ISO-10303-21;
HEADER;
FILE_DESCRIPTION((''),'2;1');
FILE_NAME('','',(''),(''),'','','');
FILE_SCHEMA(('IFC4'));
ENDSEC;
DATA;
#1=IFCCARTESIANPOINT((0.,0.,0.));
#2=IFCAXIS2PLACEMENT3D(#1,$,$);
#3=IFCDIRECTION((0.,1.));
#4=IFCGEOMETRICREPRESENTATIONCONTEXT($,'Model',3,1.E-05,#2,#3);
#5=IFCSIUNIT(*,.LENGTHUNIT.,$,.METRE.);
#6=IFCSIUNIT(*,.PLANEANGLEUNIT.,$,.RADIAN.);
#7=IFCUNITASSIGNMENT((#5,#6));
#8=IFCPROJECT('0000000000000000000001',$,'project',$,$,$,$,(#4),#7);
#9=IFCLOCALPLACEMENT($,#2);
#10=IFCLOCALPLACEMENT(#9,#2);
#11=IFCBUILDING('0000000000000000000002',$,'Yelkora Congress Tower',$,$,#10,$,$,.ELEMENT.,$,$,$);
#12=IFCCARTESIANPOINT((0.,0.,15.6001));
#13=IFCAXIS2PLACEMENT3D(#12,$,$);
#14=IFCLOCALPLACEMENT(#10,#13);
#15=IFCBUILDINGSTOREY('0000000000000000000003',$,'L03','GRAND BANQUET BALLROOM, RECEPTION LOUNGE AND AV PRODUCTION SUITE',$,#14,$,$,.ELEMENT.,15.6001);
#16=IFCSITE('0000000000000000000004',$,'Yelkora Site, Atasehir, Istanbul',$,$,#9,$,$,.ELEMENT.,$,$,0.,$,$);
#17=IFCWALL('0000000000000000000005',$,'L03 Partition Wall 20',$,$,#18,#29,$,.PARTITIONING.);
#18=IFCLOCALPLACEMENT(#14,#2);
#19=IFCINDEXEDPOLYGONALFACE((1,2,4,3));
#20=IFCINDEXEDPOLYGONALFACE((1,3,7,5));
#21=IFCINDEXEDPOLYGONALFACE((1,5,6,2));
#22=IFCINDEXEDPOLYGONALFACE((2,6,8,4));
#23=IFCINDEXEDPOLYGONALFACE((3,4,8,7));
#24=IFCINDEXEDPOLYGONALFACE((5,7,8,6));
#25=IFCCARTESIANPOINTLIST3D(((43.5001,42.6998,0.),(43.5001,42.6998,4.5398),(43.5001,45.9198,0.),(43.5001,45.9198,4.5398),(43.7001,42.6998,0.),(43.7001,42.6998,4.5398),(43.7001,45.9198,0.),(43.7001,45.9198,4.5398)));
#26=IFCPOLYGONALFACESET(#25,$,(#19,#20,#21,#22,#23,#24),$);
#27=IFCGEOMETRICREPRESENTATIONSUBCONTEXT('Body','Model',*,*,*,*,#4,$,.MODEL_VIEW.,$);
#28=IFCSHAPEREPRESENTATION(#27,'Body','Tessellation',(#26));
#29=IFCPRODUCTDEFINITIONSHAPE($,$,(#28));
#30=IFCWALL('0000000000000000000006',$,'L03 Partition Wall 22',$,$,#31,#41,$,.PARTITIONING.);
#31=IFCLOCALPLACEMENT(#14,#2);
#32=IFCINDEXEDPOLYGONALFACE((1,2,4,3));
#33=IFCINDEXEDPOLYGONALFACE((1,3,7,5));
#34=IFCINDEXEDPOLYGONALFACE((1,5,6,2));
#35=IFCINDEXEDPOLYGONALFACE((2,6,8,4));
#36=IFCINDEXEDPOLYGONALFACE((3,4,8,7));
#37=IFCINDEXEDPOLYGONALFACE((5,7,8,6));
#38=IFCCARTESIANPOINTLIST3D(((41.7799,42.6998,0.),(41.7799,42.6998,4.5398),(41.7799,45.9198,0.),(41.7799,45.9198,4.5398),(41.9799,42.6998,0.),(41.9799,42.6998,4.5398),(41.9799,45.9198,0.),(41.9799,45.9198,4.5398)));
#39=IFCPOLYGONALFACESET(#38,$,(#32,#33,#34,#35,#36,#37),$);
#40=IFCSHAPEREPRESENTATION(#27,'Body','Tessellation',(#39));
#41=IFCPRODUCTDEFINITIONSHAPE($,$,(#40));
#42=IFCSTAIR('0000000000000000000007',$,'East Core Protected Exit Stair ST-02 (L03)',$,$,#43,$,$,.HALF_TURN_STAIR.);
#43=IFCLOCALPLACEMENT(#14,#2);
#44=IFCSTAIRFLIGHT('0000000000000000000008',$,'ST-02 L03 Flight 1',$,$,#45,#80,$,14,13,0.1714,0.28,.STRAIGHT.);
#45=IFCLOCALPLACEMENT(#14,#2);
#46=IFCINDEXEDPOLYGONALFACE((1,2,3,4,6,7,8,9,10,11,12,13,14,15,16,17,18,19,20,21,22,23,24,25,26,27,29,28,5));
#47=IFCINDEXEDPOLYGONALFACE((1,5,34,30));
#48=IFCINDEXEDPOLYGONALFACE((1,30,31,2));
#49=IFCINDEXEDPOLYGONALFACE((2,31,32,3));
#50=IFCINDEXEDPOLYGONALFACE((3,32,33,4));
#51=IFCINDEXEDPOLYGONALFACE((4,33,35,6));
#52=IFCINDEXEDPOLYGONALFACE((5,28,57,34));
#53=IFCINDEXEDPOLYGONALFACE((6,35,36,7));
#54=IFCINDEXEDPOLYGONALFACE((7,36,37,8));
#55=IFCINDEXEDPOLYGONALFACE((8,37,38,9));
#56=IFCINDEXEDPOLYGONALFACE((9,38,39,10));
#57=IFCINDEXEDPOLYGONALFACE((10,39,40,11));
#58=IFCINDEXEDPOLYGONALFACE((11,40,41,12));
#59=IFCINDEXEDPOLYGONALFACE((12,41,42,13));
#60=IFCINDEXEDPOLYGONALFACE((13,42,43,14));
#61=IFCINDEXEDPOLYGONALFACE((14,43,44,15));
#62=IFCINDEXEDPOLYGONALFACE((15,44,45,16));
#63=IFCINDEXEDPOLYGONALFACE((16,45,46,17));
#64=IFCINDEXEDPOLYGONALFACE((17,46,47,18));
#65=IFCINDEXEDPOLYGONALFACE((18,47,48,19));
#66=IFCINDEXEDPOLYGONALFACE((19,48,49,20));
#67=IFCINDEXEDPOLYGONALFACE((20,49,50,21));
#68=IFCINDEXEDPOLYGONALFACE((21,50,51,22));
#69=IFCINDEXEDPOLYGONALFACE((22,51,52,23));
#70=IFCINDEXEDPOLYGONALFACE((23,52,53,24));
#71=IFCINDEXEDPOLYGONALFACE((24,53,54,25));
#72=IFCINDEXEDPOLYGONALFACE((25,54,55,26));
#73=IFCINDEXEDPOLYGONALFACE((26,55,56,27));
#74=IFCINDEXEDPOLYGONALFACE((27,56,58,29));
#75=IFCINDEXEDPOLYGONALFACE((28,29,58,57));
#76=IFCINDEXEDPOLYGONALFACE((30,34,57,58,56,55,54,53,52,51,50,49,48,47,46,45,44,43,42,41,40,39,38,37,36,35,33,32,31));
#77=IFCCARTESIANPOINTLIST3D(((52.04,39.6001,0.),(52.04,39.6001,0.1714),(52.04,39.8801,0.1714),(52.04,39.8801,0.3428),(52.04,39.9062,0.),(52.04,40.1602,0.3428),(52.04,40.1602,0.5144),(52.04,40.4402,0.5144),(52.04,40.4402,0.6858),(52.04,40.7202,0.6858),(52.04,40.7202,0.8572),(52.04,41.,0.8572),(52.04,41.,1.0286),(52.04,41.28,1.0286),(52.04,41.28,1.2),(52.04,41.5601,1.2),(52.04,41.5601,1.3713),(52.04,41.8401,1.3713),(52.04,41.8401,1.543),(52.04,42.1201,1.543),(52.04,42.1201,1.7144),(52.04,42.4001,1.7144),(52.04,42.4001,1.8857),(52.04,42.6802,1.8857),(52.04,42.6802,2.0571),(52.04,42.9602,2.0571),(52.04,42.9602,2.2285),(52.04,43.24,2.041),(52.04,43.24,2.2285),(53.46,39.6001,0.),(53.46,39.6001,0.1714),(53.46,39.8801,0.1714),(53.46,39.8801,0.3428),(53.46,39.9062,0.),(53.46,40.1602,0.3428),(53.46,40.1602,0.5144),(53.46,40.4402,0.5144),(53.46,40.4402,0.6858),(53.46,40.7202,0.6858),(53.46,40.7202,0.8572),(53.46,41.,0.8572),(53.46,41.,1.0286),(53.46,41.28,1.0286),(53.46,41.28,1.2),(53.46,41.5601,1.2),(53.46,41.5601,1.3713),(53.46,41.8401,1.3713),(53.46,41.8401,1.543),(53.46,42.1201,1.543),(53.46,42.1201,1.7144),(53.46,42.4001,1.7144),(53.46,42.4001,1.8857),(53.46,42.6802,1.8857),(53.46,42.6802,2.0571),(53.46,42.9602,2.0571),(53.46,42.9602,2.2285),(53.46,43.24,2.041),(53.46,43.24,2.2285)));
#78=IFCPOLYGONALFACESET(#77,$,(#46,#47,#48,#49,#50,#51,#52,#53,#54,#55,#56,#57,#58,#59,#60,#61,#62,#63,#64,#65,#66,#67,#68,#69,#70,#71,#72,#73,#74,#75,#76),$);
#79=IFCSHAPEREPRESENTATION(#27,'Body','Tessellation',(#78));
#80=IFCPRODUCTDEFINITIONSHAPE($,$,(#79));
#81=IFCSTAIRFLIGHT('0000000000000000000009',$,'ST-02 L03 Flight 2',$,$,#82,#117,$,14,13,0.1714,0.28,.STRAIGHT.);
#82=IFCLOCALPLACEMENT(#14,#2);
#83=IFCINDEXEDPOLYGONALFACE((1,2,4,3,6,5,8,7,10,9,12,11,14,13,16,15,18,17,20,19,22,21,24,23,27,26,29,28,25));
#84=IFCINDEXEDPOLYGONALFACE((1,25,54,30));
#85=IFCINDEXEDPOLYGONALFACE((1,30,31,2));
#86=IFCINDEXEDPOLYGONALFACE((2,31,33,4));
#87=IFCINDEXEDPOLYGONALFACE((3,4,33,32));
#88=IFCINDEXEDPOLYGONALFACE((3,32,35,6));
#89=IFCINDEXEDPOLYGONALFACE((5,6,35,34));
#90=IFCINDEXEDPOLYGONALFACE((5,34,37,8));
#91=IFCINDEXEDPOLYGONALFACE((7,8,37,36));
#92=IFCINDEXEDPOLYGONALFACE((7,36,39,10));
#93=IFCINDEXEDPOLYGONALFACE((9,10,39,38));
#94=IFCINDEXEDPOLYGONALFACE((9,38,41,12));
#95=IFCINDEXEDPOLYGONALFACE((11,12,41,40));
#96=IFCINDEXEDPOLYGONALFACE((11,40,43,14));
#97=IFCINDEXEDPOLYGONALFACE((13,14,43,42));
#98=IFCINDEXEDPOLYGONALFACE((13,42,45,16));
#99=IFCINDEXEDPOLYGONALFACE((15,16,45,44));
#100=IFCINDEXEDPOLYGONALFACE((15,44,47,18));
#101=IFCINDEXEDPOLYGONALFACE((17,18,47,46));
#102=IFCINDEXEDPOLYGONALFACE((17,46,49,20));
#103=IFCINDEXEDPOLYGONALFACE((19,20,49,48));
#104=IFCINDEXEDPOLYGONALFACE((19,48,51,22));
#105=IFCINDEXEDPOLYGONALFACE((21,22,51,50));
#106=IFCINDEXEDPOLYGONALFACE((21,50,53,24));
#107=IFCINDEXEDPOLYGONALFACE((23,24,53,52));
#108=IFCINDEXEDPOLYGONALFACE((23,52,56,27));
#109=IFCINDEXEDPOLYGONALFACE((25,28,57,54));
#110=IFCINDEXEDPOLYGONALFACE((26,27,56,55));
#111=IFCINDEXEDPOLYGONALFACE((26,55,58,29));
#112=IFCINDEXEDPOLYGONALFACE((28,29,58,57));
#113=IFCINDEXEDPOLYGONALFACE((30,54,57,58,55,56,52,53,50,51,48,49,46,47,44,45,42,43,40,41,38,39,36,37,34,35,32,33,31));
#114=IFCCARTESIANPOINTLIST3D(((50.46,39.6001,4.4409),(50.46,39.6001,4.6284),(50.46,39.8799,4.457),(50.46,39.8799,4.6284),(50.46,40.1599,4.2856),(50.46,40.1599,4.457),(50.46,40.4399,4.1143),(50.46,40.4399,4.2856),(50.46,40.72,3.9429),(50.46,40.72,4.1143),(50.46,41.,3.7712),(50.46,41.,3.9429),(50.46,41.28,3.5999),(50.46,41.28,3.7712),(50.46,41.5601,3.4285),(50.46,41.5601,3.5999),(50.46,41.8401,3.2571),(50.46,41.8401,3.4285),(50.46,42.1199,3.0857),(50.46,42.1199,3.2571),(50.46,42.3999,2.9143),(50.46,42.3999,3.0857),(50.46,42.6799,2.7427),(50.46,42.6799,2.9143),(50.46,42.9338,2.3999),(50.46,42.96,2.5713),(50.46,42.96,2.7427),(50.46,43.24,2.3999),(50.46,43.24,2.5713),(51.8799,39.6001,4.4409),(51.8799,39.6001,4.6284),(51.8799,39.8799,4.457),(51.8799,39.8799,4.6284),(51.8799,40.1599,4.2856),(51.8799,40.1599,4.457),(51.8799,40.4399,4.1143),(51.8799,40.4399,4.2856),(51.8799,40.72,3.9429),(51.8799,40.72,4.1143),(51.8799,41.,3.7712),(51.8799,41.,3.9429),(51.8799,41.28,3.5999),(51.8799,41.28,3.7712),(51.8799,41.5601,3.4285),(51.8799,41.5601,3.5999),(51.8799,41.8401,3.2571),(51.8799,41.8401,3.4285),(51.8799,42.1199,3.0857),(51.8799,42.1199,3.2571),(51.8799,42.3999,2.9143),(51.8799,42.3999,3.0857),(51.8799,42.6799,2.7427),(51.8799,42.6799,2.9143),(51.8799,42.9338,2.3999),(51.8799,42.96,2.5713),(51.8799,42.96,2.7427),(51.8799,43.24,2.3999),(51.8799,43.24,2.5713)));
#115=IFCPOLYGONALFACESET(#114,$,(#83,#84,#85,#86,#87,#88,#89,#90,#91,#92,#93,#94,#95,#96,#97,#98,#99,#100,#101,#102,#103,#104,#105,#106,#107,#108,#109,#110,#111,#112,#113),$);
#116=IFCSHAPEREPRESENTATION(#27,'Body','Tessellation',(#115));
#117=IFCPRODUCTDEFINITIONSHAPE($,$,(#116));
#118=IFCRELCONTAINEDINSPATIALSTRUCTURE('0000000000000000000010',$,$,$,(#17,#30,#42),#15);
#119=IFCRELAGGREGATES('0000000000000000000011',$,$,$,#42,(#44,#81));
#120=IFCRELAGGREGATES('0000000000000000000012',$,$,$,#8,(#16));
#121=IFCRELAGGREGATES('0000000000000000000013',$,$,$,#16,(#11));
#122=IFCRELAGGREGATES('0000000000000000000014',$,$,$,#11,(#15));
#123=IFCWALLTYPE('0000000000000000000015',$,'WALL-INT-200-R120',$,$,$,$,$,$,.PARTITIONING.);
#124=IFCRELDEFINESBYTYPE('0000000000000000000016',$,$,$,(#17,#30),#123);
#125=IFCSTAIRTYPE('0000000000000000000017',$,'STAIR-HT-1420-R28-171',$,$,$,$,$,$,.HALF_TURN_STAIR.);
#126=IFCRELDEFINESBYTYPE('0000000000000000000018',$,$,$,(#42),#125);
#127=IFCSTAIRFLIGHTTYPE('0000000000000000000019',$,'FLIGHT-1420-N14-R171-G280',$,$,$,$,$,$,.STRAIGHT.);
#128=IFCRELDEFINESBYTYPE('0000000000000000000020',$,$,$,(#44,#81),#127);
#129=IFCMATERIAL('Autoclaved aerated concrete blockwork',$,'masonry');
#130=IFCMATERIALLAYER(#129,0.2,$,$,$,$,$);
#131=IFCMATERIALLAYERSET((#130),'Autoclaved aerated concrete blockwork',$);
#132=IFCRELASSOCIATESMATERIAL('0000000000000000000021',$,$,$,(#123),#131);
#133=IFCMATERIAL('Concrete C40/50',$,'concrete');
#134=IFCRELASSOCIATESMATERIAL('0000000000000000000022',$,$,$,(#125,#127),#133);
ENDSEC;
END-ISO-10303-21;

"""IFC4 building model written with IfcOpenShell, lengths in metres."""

from ifc_helpers import new_model, si_unit, direction, frame, frame_2d, origin, place, context, subcontext, project, spatial, polyline, rectangle, outline, extrude, material, layer, layer_set, type_object, element, aggregate, save


model = new_model("IFC4")

# Units and contexts
model_context = context("Model", 3, precision=1e-05, world=origin(), true_north=direction((0.0, 1.0)))
body_context = subcontext(model_context, "Body", "Model", "MODEL_VIEW")
ifc_project = project(units=[si_unit("LENGTHUNIT", "METRE"), si_unit("PLANEANGLEUNIT", "RADIAN")], contexts=[model_context])

# Site, building, storey
site_placement = place(None, origin())
site = spatial("IfcSite", under=ifc_project, at=site_placement, Name="Yelkora Site, Atasehir, Istanbul", CompositionType="ELEMENT", RefElevation=0.0)
building_placement = place(site_placement, origin())
building = spatial("IfcBuilding", under=site, at=building_placement, Name="Yelkora Congress Tower", CompositionType="ELEMENT")
storey_placement = place(building_placement, frame((0.0, 0.0, 15.6001)))
storey = spatial("IfcBuildingStorey", under=building, at=storey_placement, Name="L03", Description="GRAND BANQUET BALLROOM, RECEPTION LOUNGE AND AV PRODUCTION SUITE", CompositionType="ELEMENT", Elevation=15.6001)

# Walls
ifc_material_1 = material(Name="Autoclaved aerated concrete blockwork", Category="masonry")
ifc_layer_1 = layer(ifc_material_1, 0.2)
ifc_layer_set_1 = layer_set([ifc_layer_1], Name="Autoclaved aerated concrete blockwork")
wall_type_1 = type_object("IfcWallType", Name="WALL-INT-200-R120", PredefinedType="PARTITIONING", material=ifc_layer_set_1)
for number, where, z_axis, x_axis, name in (
    (1, (43.6001, 42.7, 0.0), (0.0, 0.0, 1.0), (0.0, 1.0, 0.0), "L03 Partition Wall 20"),
    (2, (41.8799, 42.7, 0.0), (0.0, 0.0, 1.0), (0.0, 1.0, 0.0), "L03 Partition Wall 22"),
):
    element("IfcWall", number, at=place(storey_placement, frame(where, z_axis=z_axis, x_axis=x_axis)), inside=storey, type_object=wall_type_1, Name=name, PredefinedType="PARTITIONING", context=body_context, shape_type="SweptSolid", body=[
        extrude(rectangle(XDim=3.22, YDim=0.2, at=frame_2d((1.6099, 0.0))), origin(), (0.0, 0.0, 1.0), 4.5398),
    ])

# Stair, stair flights
ifc_material_2 = material(Name="Concrete C40/50", Category="concrete")
stair_type = type_object("IfcStairType", Name="STAIR-HT-1420-R28-171", PredefinedType="HALF_TURN_STAIR", material=ifc_material_2)
stair_placement = place(storey_placement, origin())
stair = element("IfcStair", 3, at=stair_placement, inside=storey, type_object=stair_type, Name="East Core Protected Exit Stair ST-02 (L03)", PredefinedType="HALF_TURN_STAIR")
stair_flight_type = type_object("IfcStairFlightType", Name="FLIGHT-1420-N14-R171-G280", PredefinedType="STRAIGHT", material=ifc_material_2)
stair_flight_1_placement = place(storey_placement, frame((52.75, 39.6001, 0.0), z_axis=(0.0, 0.0, 1.0), x_axis=(0.0, 1.0, 0.0)))
stair_flight_1 = element("IfcStairFlight", 4, at=stair_flight_1_placement, type_object=stair_flight_type, Name="ST-02 L03 Flight 1", NumberOfRisers=14, NumberOfTreads=13, PredefinedType="STRAIGHT", RiserHeight=0.1714, TreadLength=0.28, context=body_context, shape_type="SweptSolid", body=[
    extrude(outline(polyline([(0.0, 0.0), (0.0, 0.1714), (0.28, 0.1714), (0.28, 0.3428), (0.5601, 0.3428), (0.5601, 0.5144), (0.8401, 0.5144), (0.8401, 0.6858), (1.1201, 0.6858), (1.1201, 0.8572), (1.3999, 0.8572), (1.3999, 1.0286), (1.6799, 1.0286), (1.6799, 1.2), (1.96, 1.2), (1.96, 1.3713), (2.24, 1.3713), (2.24, 1.543), (2.52, 1.543), (2.52, 1.7144), (2.8, 1.7144), (2.8, 1.8857), (3.0801, 1.8857), (3.0801, 2.0571), (3.3601, 2.0571), (3.3601, 2.2285), (3.6399, 2.2285), (3.6399, 2.3999), (3.6399, 2.041), (0.3062, 0.0), (0.0, 0.0)])), frame((0.0, 0.71, 0.0), z_axis=(0.0, -1.0, 0.0), x_axis=(1.0, 0.0, 0.0)), (0.0, 0.0, 1.0), 1.4199),
])
stair_flight_2_placement = place(storey_placement, frame((51.1699, 43.24, 2.3999), z_axis=(0.0, 0.0, 1.0), x_axis=(0.0, -1.0, 0.0)))
stair_flight_2 = element("IfcStairFlight", 5, at=stair_flight_2_placement, type_object=stair_flight_type, Name="ST-02 L03 Flight 2", NumberOfRisers=14, NumberOfTreads=13, PredefinedType="STRAIGHT", RiserHeight=0.1714, TreadLength=0.28, context=body_context, shape_type="SweptSolid", body=[
    extrude(outline(polyline([(0.0, 0.0), (0.0, 0.1714), (0.28, 0.1714), (0.28, 0.3428), (0.5601, 0.3428), (0.5601, 0.5144), (0.8401, 0.5144), (0.8401, 0.6858), (1.1201, 0.6858), (1.1201, 0.8572), (1.3999, 0.8572), (1.3999, 1.0286), (1.6799, 1.0286), (1.6799, 1.2), (1.96, 1.2), (1.96, 1.3713), (2.24, 1.3713), (2.24, 1.543), (2.52, 1.543), (2.52, 1.7144), (2.8, 1.7144), (2.8, 1.8857), (3.0801, 1.8857), (3.0801, 2.0571), (3.3601, 2.0571), (3.3601, 2.2285), (3.6399, 2.2285), (3.6399, 2.3999), (3.6399, 2.041), (0.3062, 0.0), (0.0, 0.0)])), frame((0.0, 0.71, 0.0), z_axis=(0.0, -1.0, 0.0), x_axis=(1.0, 0.0, 0.0)), (0.0, 0.0, 1.0), 1.4199),
])
aggregate(stair, [stair_flight_1, stair_flight_2])

save(model, "model.ifc")
